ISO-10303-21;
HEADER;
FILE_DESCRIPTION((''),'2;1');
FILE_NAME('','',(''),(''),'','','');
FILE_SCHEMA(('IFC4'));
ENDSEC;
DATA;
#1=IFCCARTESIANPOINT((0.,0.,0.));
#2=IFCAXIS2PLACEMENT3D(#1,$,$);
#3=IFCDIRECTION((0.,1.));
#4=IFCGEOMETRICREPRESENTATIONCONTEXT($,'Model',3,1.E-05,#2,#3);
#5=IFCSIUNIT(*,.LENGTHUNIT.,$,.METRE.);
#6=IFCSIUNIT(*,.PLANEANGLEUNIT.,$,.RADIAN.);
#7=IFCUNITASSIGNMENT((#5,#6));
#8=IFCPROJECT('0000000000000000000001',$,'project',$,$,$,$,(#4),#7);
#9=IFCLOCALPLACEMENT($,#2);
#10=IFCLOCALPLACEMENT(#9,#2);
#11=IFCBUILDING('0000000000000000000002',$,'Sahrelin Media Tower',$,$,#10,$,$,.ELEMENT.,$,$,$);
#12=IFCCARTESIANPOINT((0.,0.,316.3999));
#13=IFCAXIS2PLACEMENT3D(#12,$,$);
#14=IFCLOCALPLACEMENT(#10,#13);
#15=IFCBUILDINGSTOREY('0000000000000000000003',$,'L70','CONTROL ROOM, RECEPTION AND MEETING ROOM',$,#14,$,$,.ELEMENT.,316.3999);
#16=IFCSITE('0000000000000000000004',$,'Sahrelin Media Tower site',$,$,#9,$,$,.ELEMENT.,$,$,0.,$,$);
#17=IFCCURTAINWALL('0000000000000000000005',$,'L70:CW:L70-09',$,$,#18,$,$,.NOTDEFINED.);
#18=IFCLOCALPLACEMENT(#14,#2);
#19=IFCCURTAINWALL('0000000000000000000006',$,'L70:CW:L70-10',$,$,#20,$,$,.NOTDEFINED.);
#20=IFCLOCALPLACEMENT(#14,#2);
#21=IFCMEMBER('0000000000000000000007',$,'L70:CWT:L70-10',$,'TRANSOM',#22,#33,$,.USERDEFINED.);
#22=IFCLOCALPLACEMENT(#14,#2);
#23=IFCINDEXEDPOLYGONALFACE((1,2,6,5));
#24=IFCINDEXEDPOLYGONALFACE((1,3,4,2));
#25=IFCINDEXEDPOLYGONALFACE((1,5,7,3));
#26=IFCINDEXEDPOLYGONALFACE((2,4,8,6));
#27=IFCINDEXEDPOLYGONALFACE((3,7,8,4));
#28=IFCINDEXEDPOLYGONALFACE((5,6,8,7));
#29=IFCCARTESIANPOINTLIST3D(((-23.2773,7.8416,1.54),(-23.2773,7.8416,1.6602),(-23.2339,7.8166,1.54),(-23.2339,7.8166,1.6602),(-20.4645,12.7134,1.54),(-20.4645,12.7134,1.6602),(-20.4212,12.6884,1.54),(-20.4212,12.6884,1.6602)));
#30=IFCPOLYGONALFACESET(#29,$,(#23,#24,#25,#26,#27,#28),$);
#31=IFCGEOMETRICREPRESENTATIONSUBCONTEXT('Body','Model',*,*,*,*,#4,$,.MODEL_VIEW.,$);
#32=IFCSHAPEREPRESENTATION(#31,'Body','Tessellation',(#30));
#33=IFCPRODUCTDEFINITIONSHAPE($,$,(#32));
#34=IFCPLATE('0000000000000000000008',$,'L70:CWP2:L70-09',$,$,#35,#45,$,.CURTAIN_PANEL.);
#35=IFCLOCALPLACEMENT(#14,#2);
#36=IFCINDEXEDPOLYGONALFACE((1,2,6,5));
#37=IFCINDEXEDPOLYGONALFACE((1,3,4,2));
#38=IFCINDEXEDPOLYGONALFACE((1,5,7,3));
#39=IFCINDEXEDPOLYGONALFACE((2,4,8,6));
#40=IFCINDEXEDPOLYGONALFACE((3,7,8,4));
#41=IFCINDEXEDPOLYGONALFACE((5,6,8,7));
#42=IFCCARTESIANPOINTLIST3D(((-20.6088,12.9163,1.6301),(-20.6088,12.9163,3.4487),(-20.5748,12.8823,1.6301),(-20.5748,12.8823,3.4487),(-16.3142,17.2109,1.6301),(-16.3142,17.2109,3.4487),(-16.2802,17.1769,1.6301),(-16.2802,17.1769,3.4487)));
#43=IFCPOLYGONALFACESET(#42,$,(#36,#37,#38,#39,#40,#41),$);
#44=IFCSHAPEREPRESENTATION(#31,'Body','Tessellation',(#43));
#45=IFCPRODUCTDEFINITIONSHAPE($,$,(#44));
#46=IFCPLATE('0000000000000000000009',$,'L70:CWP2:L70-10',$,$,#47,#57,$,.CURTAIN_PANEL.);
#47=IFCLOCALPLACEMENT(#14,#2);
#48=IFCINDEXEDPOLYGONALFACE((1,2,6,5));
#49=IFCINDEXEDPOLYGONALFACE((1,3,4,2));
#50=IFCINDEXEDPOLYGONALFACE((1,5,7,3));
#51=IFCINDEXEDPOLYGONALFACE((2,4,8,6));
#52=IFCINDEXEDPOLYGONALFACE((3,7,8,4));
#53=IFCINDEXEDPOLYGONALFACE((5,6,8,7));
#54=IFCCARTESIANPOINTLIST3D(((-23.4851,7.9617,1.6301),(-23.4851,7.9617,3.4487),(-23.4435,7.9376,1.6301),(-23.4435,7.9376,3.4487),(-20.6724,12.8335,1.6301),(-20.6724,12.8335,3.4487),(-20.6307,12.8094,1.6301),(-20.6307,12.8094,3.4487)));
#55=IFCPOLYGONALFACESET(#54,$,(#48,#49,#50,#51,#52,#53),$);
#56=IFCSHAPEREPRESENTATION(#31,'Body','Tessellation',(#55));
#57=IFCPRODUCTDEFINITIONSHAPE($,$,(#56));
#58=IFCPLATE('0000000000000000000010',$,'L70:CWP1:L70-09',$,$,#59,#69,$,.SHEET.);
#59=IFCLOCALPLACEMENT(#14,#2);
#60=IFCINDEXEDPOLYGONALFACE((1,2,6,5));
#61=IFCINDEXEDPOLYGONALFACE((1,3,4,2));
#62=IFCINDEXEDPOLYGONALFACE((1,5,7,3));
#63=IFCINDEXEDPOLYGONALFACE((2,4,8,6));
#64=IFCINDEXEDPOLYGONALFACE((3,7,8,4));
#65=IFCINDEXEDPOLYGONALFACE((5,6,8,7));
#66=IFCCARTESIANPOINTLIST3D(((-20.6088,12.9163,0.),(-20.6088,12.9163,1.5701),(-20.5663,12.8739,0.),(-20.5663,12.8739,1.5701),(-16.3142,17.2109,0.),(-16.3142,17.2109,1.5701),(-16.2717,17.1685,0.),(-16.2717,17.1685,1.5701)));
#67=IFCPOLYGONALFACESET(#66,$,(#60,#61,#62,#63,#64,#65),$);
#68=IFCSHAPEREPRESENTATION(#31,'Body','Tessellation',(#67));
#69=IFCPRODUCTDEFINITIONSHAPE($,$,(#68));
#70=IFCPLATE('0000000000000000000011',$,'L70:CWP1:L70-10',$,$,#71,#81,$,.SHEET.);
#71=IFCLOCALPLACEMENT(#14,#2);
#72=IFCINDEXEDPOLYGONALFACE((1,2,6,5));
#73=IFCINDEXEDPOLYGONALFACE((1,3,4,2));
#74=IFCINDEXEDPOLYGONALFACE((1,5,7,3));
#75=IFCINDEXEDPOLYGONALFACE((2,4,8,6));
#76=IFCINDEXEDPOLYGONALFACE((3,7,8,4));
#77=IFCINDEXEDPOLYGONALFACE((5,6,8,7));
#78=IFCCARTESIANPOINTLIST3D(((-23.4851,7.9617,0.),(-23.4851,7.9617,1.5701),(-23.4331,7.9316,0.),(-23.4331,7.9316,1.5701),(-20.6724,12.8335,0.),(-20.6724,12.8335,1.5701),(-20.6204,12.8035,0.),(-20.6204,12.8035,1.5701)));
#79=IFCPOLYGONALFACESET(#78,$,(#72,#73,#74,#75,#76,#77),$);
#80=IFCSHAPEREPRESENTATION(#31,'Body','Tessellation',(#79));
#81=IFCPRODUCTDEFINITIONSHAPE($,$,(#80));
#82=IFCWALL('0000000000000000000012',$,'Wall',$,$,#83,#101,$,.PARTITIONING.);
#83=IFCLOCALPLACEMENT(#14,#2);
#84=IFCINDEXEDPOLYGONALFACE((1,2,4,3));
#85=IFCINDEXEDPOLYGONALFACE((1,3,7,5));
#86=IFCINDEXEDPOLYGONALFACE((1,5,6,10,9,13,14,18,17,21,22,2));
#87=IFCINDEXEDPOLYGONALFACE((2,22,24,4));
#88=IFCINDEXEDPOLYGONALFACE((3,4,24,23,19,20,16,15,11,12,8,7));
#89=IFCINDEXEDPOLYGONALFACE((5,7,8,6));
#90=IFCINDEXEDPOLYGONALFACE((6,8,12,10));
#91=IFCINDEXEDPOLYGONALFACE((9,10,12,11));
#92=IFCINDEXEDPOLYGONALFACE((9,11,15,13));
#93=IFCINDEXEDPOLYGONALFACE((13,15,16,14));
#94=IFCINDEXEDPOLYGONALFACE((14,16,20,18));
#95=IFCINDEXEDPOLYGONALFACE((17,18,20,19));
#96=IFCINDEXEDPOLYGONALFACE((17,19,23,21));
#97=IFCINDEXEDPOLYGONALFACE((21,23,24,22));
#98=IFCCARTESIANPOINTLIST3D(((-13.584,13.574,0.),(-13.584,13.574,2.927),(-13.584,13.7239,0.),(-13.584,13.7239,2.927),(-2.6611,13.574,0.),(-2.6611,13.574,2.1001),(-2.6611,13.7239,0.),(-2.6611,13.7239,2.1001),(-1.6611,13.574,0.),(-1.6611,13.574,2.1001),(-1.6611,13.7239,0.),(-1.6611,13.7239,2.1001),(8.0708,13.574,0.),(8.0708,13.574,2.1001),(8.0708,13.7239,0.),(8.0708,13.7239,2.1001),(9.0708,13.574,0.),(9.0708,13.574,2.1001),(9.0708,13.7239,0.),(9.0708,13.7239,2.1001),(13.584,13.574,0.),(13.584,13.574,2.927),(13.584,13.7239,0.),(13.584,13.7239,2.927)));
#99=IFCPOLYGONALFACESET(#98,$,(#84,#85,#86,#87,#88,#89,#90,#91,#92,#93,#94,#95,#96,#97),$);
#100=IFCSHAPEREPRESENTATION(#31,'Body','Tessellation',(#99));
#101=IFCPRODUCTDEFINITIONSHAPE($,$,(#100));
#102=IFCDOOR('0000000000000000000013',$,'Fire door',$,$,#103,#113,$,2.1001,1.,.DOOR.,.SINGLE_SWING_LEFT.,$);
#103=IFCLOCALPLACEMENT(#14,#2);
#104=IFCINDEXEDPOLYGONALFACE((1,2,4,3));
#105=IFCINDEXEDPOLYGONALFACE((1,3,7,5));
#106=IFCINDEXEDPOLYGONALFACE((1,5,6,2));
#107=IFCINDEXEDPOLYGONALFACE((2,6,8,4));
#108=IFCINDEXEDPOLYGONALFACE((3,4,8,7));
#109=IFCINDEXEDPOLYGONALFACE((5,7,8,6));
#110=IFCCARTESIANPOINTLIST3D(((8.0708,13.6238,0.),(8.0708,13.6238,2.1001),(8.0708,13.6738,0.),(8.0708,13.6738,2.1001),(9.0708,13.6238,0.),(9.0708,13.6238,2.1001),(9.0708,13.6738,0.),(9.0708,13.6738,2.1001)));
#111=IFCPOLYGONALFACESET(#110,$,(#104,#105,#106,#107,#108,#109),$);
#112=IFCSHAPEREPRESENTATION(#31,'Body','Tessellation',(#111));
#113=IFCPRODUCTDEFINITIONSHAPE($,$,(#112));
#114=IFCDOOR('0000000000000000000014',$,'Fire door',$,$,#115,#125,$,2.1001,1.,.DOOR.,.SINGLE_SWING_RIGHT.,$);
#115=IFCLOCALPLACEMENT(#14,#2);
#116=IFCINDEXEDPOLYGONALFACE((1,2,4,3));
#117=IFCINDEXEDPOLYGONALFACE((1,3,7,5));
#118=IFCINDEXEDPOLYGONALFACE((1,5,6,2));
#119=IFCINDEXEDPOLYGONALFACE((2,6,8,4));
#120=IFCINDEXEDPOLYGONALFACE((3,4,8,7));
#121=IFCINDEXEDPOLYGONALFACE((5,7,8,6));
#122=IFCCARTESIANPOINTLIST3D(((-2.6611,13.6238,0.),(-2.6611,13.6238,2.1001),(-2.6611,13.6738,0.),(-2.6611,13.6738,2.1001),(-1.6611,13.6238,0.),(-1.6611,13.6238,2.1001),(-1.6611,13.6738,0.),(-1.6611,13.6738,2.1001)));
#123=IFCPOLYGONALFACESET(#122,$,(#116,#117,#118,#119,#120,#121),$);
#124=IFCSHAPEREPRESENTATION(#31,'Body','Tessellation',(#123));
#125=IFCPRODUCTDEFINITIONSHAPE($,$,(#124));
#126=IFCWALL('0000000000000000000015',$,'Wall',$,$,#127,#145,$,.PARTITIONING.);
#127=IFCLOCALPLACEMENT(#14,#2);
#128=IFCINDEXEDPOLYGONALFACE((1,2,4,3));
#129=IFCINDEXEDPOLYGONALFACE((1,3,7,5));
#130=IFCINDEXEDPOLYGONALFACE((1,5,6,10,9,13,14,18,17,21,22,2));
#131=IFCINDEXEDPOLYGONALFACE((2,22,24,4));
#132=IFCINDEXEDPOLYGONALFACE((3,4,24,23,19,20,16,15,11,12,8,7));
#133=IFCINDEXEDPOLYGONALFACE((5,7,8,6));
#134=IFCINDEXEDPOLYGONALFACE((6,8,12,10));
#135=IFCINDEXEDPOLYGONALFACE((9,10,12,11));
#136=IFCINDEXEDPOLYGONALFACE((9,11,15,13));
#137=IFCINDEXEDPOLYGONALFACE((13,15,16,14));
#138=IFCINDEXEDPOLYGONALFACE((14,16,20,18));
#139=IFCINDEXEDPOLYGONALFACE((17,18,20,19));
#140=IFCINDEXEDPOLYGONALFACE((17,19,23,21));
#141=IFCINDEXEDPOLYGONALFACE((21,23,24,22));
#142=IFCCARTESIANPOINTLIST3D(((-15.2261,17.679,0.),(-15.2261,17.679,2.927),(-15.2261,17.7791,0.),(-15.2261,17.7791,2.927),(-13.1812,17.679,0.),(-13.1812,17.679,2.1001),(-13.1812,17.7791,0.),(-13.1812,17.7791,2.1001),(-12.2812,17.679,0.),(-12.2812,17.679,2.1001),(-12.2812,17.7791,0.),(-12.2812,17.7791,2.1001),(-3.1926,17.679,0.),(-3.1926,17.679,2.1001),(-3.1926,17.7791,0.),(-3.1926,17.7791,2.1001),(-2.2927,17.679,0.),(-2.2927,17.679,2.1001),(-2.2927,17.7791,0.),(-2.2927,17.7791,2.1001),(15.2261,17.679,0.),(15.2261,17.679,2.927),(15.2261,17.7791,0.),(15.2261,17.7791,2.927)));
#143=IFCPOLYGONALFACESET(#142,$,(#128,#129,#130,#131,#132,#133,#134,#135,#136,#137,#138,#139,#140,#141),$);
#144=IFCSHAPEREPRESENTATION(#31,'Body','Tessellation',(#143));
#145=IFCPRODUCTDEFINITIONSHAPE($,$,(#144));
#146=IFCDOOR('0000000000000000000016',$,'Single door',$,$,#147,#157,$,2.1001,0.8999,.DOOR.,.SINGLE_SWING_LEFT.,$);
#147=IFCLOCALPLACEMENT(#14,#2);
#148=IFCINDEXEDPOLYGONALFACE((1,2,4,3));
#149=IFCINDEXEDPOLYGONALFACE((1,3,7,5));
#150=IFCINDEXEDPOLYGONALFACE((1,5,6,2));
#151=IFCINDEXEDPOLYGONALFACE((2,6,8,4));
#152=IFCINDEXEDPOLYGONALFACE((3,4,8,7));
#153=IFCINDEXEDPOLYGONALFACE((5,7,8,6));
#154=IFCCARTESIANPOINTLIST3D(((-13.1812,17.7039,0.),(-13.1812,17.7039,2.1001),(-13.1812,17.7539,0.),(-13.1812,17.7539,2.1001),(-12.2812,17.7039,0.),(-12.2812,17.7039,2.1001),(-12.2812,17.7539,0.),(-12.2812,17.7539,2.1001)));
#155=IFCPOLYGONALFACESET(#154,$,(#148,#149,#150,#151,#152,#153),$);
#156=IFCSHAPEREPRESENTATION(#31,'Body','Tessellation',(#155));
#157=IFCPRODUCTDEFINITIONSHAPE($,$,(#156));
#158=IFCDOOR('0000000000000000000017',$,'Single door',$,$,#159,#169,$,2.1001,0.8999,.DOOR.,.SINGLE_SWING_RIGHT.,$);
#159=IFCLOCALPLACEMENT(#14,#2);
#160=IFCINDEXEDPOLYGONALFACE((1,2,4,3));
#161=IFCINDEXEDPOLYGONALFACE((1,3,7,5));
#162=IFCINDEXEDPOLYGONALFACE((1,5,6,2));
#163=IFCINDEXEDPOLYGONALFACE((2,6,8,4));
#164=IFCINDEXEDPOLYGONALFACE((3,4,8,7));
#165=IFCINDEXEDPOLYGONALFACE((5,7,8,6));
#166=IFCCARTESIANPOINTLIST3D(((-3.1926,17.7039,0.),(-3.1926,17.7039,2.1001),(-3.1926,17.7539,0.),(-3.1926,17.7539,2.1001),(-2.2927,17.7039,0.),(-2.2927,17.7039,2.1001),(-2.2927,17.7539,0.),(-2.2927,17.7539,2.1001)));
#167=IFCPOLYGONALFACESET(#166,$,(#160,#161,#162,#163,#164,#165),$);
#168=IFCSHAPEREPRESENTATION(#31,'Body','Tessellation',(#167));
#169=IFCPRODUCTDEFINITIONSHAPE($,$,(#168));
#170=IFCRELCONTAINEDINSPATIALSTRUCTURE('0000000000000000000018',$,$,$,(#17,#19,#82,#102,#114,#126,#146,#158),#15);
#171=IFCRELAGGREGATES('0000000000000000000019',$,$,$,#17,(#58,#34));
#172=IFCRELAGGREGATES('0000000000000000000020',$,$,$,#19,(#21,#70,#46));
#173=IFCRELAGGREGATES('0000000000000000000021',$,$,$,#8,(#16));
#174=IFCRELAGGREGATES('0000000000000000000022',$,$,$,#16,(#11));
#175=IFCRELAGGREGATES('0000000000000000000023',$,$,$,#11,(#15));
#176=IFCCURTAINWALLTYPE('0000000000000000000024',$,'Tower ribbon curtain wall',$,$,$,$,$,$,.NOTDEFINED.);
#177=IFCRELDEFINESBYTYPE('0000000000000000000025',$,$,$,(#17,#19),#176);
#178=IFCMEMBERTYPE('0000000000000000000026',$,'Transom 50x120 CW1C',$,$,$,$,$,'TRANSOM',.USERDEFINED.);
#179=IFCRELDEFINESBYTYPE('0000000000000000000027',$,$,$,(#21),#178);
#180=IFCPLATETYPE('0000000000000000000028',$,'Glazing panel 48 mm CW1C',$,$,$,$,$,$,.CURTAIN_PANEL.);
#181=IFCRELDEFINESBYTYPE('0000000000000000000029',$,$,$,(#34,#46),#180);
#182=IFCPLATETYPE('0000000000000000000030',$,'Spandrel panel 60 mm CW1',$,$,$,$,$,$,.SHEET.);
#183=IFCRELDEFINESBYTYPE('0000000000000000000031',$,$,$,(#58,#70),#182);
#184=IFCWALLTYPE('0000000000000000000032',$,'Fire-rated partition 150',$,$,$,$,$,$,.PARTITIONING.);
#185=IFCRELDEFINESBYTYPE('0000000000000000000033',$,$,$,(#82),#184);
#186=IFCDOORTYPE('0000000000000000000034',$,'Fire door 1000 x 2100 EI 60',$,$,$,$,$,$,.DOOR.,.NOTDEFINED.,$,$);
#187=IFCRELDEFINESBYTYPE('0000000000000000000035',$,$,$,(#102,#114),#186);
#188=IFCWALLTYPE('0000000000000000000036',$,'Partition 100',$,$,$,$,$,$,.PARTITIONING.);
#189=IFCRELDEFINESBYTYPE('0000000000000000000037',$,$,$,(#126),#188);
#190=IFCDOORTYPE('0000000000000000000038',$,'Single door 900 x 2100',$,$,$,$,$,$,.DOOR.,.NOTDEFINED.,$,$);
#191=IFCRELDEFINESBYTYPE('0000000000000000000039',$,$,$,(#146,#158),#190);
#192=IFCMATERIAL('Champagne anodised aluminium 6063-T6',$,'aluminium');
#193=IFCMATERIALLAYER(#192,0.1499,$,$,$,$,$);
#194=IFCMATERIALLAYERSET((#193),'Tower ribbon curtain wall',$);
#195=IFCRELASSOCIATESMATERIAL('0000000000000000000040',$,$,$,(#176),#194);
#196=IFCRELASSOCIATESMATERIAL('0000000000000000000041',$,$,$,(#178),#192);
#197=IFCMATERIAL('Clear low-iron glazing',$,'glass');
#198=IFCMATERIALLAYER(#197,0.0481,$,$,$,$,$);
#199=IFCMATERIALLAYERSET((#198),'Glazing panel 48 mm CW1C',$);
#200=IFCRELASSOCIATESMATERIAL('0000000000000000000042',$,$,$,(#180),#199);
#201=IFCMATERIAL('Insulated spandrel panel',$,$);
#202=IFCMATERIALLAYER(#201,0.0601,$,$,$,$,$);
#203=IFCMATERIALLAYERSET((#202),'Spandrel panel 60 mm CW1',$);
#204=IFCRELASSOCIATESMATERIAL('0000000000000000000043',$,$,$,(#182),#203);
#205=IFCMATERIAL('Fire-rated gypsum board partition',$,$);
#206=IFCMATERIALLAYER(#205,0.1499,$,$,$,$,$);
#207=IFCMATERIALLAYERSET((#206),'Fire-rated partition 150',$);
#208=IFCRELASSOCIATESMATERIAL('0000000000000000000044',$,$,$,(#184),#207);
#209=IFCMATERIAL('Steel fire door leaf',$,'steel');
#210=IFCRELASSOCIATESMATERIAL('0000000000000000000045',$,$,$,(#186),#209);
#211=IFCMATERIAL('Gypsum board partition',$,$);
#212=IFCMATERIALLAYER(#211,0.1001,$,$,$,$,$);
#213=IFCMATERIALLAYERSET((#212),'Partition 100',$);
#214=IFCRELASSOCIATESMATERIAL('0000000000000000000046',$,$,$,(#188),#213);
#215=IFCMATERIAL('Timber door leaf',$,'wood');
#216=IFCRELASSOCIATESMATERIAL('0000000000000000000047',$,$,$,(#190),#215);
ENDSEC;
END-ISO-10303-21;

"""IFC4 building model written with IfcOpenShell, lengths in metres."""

from ifc_helpers import new_model, si_unit, direction, frame, frame_2d, origin, origin_2d, place, context, subcontext, project, spatial, polyline, rectangle, outline, extrude, material, layer, layer_set, material_profile, profile_set, type_object, element, fill, aggregate, save


model = new_model("IFC4")

# Units and contexts
model_context = context("Model", 3, precision=1e-05, world=origin(), true_north=direction((0.0, 1.0)))
body_context = subcontext(model_context, "Body", "Model", "MODEL_VIEW")
ifc_project = project(units=[si_unit("LENGTHUNIT", "METRE"), si_unit("PLANEANGLEUNIT", "RADIAN")], contexts=[model_context])

# Site, building, storey
site_placement = place(None, origin())
site = spatial("IfcSite", under=ifc_project, at=site_placement, Name="Sahrelin Media Tower site", CompositionType="ELEMENT", RefElevation=0.0)
building_placement = place(site_placement, origin())
building = spatial("IfcBuilding", under=site, at=building_placement, Name="Sahrelin Media Tower", CompositionType="ELEMENT")
storey_placement = place(building_placement, frame((0.0, 0.0, 316.3999)))
storey = spatial("IfcBuildingStorey", under=building, at=storey_placement, Name="L70", Description="CONTROL ROOM, RECEPTION AND MEETING ROOM", CompositionType="ELEMENT", Elevation=316.3999)

# Curtain wall
ifc_material_1 = material(Name="Champagne anodised aluminium 6063-T6", Category="aluminium")
ifc_layer_1 = layer(ifc_material_1, 0.1499)
ifc_layer_set_1 = layer_set([ifc_layer_1], Name="Tower ribbon curtain wall")
curtain_wall_type = type_object("IfcCurtainWallType", Name="Tower ribbon curtain wall", PredefinedType="NOTDEFINED", material=ifc_layer_set_1)
curtain_wall_1_placement = place(storey_placement, frame((-18.4475, 15.0496, 0.0), z_axis=(0.0, 0.0, 1.0), x_axis=(1.0, 0.0, 0.0)))
curtain_wall_1 = element("IfcCurtainWall", 1, at=curtain_wall_1_placement, inside=storey, type_object=curtain_wall_type, Name="L70:CW:L70-09", PredefinedType="NOTDEFINED")

# Shared definitions
ifc_material_profile_1 = material_profile(ifc_material_1, rectangle(XDim=0.05, YDim=0.1201, at=origin_2d()), Name="Transom 50x120")
ifc_profile_set_1 = profile_set([ifc_material_profile_1], Name="Champagne anodised aluminium 6063-T6")
member_type_1 = type_object("IfcMemberType", Name="Transom 50x120 CW1C", ElementType="TRANSOM", PredefinedType="USERDEFINED", material=ifc_profile_set_1)

# Curtain wall, member
curtain_wall_2_placement = place(storey_placement, frame((-22.0615, 10.3875, 0.0), z_axis=(0.0, 0.0, 1.0), x_axis=(1.0, 0.0, 0.0)))
curtain_wall_2 = element("IfcCurtainWall", 2, at=curtain_wall_2_placement, inside=storey, type_object=curtain_wall_type, Name="L70:CW:L70-10", PredefinedType="NOTDEFINED")
member_1_placement = place(storey_placement, frame((-20.4429, 12.7009, 1.6001), z_axis=(-0.499999, -0.866026, 0.0), x_axis=(0.866026, -0.499999, 0.0)))
member_1 = element("IfcMember", 3, at=member_1_placement, type_object=member_type_1, Name="L70:CWT:L70-10", ObjectType="TRANSOM", PredefinedType="USERDEFINED", context=body_context, shape_type="SweptSolid", body=[
    extrude(rectangle(XDim=0.05, YDim=0.1201, at=origin_2d()), origin(), (0.0, 0.0, 1.0), 5.6255),
])

# Plates
ifc_material_2 = material(Name="Clear low-iron glazing", Category="glass")
ifc_layer_2 = layer(ifc_material_2, 0.0481)
ifc_layer_set_2 = layer_set([ifc_layer_2], Name="Glazing panel 48 mm CW1C")
plate_type_1 = type_object("IfcPlateType", Name="Glazing panel 48 mm CW1C", PredefinedType="CURTAIN_PANEL", material=ifc_layer_set_2)
plate_1_placement = place(storey_placement, frame((-16.3142, 17.2109, 1.6301), z_axis=(-0.707107, 0.707107, 0.0), x_axis=(-0.707107, -0.707107, 0.0)))
plate_1 = element("IfcPlate", 4, at=plate_1_placement, type_object=plate_type_1, Name="L70:CWP2:L70-09", PredefinedType="CURTAIN_PANEL", context=body_context, shape_type="SweptSolid", body=[
    extrude(outline(polyline([(0.0, 0.0), (6.0735, 0.0), (6.0735, 1.8186), (0.0, 1.8186), (0.0, 0.0)])), origin(), (0.0, 0.0, -1.0), 0.0481),
])
plate_2_placement = place(storey_placement, frame((-20.6724, 12.8335, 1.6301), z_axis=(-0.866026, 0.499999, 0.0), x_axis=(-0.499999, -0.866026, 0.0)))
plate_2 = element("IfcPlate", 5, at=plate_2_placement, type_object=plate_type_1, Name="L70:CWP2:L70-10", PredefinedType="CURTAIN_PANEL", context=body_context, shape_type="SweptSolid", body=[
    extrude(outline(polyline([(0.0, 0.0), (5.6255, 0.0), (5.6255, 1.8186), (0.0, 1.8186), (0.0, 0.0)])), origin(), (0.0, 0.0, -1.0), 0.0481),
])
ifc_material_3 = material(Name="Insulated spandrel panel")
ifc_layer_3 = layer(ifc_material_3, 0.0601)
ifc_layer_set_3 = layer_set([ifc_layer_3], Name="Spandrel panel 60 mm CW1")
plate_type_2 = type_object("IfcPlateType", Name="Spandrel panel 60 mm CW1", PredefinedType="SHEET", material=ifc_layer_set_3)
plate_3_placement = place(storey_placement, frame((-16.3142, 17.2109, 0.0), z_axis=(-0.707107, 0.707107, 0.0), x_axis=(-0.707107, -0.707107, 0.0)))
plate_3 = element("IfcPlate", 6, at=plate_3_placement, type_object=plate_type_2, Name="L70:CWP1:L70-09", PredefinedType="SHEET", context=body_context, shape_type="SweptSolid", body=[
    extrude(outline(polyline([(0.0, 0.0), (6.0735, 0.0), (6.0735, 1.5701), (0.0, 1.5701), (0.0, 0.0)])), origin(), (0.0, 0.0, -1.0), 0.0601),
])
aggregate(curtain_wall_1, [plate_3, plate_1])
plate_4_placement = place(storey_placement, frame((-20.6724, 12.8335, 0.0), z_axis=(-0.866026, 0.499999, 0.0), x_axis=(-0.499999, -0.866026, 0.0)))
plate_4 = element("IfcPlate", 7, at=plate_4_placement, type_object=plate_type_2, Name="L70:CWP1:L70-10", PredefinedType="SHEET", context=body_context, shape_type="SweptSolid", body=[
    extrude(outline(polyline([(0.0, 0.0), (5.6255, 0.0), (5.6255, 1.5701), (0.0, 1.5701), (0.0, 0.0)])), origin(), (0.0, 0.0, -1.0), 0.0601),
])
aggregate(curtain_wall_2, [member_1, plate_4, plate_2])

# Walls, openings, doors
ifc_material_4 = material(Name="Fire-rated gypsum board partition")
ifc_layer_4 = layer(ifc_material_4, 0.1499)
ifc_layer_set_4 = layer_set([ifc_layer_4], Name="Fire-rated partition 150")
wall_type_1 = type_object("IfcWallType", Name="Fire-rated partition 150", PredefinedType="PARTITIONING", material=ifc_layer_set_4)
wall_1_placement = place(storey_placement, frame((-13.584, 13.6489, 0.0), z_axis=(0.0, 0.0, 1.0), x_axis=(1.0, 0.0, 0.0)))
wall_1 = element("IfcWall", 8, at=wall_1_placement, inside=storey, type_object=wall_type_1, Name="Wall", PredefinedType="PARTITIONING", context=body_context, shape_type="SweptSolid", body=[
    extrude(rectangle(XDim=27.168, YDim=0.1499, at=frame_2d((13.584, 0.0))), origin(), (0.0, 0.0, 1.0), 2.927),
])
opening_1_placement = place(wall_1_placement, frame((21.6548, 0.0, 0.0)))
opening_1 = element("IfcOpeningElement", 9, at=opening_1_placement, cuts=wall_1, PredefinedType="OPENING", context=body_context, shape_type="SweptSolid", body=[
    extrude(rectangle(XDim=1.0, YDim=2.1001, at=frame_2d((0.5, 1.05))), frame((0.0, 0.075, 0.0), z_axis=(0.0, -1.0, 0.0), x_axis=(1.0, 0.0, 0.0)), (0.0, 0.0, 1.0), 0.1499),
])
opening_2_placement = place(wall_1_placement, frame((10.9229, 0.0, 0.0)))
opening_2 = element("IfcOpeningElement", 10, at=opening_2_placement, cuts=wall_1, PredefinedType="OPENING", context=body_context, shape_type="SweptSolid", body=[
    extrude(rectangle(XDim=1.0, YDim=2.1001, at=frame_2d((0.5, 1.05))), frame((0.0, 0.075, 0.0), z_axis=(0.0, -1.0, 0.0), x_axis=(1.0, 0.0, 0.0)), (0.0, 0.0, 1.0), 0.1499),
])
ifc_material_5 = material(Name="Steel fire door leaf", Category="steel")
door_type_1 = type_object("IfcDoorType", Name="Fire door 1000 x 2100 EI 60", OperationType="NOTDEFINED", PredefinedType="DOOR", material=ifc_material_5)
door_1_placement = place(opening_1_placement, origin())
door_1 = element("IfcDoor", 11, at=door_1_placement, inside=storey, type_object=door_type_1, Name="Fire door", OperationType="SINGLE_SWING_LEFT", OverallHeight=2.1001, OverallWidth=1.0, PredefinedType="DOOR", context=body_context, shape_type="SweptSolid", body=[
    extrude(rectangle(XDim=1.0, YDim=2.1001, at=frame_2d((0.5, 1.05))), frame((0.0, 0.0249, 0.0), z_axis=(0.0, -1.0, 0.0), x_axis=(1.0, 0.0, 0.0)), (0.0, 0.0, 1.0), 0.05),
])
fill(opening_1, door_1)
door_2_placement = place(opening_2_placement, origin())
door_2 = element("IfcDoor", 12, at=door_2_placement, inside=storey, type_object=door_type_1, Name="Fire door", OperationType="SINGLE_SWING_RIGHT", OverallHeight=2.1001, OverallWidth=1.0, PredefinedType="DOOR", context=body_context, shape_type="SweptSolid", body=[
    extrude(rectangle(XDim=1.0, YDim=2.1001, at=frame_2d((0.5, 1.05))), frame((0.0, 0.0249, 0.0), z_axis=(0.0, -1.0, 0.0), x_axis=(1.0, 0.0, 0.0)), (0.0, 0.0, 1.0), 0.05),
])
fill(opening_2, door_2)
ifc_material_6 = material(Name="Gypsum board partition")
ifc_layer_5 = layer(ifc_material_6, 0.1001)
ifc_layer_set_5 = layer_set([ifc_layer_5], Name="Partition 100")
wall_type_2 = type_object("IfcWallType", Name="Partition 100", PredefinedType="PARTITIONING", material=ifc_layer_set_5)
wall_2_placement = place(storey_placement, frame((-15.2261, 17.729, 0.0), z_axis=(0.0, 0.0, 1.0), x_axis=(1.0, 0.0, 0.0)))
wall_2 = element("IfcWall", 13, at=wall_2_placement, inside=storey, type_object=wall_type_2, Name="Wall", PredefinedType="PARTITIONING", context=body_context, shape_type="SweptSolid", body=[
    extrude(rectangle(XDim=30.4521, YDim=0.1001, at=frame_2d((15.2261, 0.0))), origin(), (0.0, 0.0, 1.0), 2.927),
])
opening_3_placement = place(wall_2_placement, frame((2.0449, 0.0, 0.0)))
opening_3 = element("IfcOpeningElement", 14, at=opening_3_placement, cuts=wall_2, PredefinedType="OPENING", context=body_context, shape_type="SweptSolid", body=[
    extrude(rectangle(XDim=0.8999, YDim=2.1001, at=frame_2d((0.45, 1.05))), frame((0.0, 0.05, 0.0), z_axis=(0.0, -1.0, 0.0), x_axis=(1.0, 0.0, 0.0)), (0.0, 0.0, 1.0), 0.1001),
])
opening_4_placement = place(wall_2_placement, frame((12.0334, 0.0, 0.0)))
opening_4 = element("IfcOpeningElement", 15, at=opening_4_placement, cuts=wall_2, PredefinedType="OPENING", context=body_context, shape_type="SweptSolid", body=[
    extrude(rectangle(XDim=0.8999, YDim=2.1001, at=frame_2d((0.45, 1.05))), frame((0.0, 0.05, 0.0), z_axis=(0.0, -1.0, 0.0), x_axis=(1.0, 0.0, 0.0)), (0.0, 0.0, 1.0), 0.1001),
])
ifc_material_7 = material(Name="Timber door leaf", Category="wood")
door_type_2 = type_object("IfcDoorType", Name="Single door 900 x 2100", OperationType="NOTDEFINED", PredefinedType="DOOR", material=ifc_material_7)
door_3_placement = place(opening_3_placement, origin())
door_3 = element("IfcDoor", 16, at=door_3_placement, inside=storey, type_object=door_type_2, Name="Single door", OperationType="SINGLE_SWING_LEFT", OverallHeight=2.1001, OverallWidth=0.8999, PredefinedType="DOOR", context=body_context, shape_type="SweptSolid", body=[
    extrude(rectangle(XDim=0.8999, YDim=2.1001, at=frame_2d((0.45, 1.05))), frame((0.0, 0.0249, 0.0), z_axis=(0.0, -1.0, 0.0), x_axis=(1.0, 0.0, 0.0)), (0.0, 0.0, 1.0), 0.05),
])
fill(opening_3, door_3)
door_4_placement = place(opening_4_placement, origin())
door_4 = element("IfcDoor", 17, at=door_4_placement, inside=storey, type_object=door_type_2, Name="Single door", OperationType="SINGLE_SWING_RIGHT", OverallHeight=2.1001, OverallWidth=0.8999, PredefinedType="DOOR", context=body_context, shape_type="SweptSolid", body=[
    extrude(rectangle(XDim=0.8999, YDim=2.1001, at=frame_2d((0.45, 1.05))), frame((0.0, 0.0249, 0.0), z_axis=(0.0, -1.0, 0.0), x_axis=(1.0, 0.0, 0.0)), (0.0, 0.0, 1.0), 0.05),
])
fill(opening_4, door_4)

save(model, "model.ifc")
